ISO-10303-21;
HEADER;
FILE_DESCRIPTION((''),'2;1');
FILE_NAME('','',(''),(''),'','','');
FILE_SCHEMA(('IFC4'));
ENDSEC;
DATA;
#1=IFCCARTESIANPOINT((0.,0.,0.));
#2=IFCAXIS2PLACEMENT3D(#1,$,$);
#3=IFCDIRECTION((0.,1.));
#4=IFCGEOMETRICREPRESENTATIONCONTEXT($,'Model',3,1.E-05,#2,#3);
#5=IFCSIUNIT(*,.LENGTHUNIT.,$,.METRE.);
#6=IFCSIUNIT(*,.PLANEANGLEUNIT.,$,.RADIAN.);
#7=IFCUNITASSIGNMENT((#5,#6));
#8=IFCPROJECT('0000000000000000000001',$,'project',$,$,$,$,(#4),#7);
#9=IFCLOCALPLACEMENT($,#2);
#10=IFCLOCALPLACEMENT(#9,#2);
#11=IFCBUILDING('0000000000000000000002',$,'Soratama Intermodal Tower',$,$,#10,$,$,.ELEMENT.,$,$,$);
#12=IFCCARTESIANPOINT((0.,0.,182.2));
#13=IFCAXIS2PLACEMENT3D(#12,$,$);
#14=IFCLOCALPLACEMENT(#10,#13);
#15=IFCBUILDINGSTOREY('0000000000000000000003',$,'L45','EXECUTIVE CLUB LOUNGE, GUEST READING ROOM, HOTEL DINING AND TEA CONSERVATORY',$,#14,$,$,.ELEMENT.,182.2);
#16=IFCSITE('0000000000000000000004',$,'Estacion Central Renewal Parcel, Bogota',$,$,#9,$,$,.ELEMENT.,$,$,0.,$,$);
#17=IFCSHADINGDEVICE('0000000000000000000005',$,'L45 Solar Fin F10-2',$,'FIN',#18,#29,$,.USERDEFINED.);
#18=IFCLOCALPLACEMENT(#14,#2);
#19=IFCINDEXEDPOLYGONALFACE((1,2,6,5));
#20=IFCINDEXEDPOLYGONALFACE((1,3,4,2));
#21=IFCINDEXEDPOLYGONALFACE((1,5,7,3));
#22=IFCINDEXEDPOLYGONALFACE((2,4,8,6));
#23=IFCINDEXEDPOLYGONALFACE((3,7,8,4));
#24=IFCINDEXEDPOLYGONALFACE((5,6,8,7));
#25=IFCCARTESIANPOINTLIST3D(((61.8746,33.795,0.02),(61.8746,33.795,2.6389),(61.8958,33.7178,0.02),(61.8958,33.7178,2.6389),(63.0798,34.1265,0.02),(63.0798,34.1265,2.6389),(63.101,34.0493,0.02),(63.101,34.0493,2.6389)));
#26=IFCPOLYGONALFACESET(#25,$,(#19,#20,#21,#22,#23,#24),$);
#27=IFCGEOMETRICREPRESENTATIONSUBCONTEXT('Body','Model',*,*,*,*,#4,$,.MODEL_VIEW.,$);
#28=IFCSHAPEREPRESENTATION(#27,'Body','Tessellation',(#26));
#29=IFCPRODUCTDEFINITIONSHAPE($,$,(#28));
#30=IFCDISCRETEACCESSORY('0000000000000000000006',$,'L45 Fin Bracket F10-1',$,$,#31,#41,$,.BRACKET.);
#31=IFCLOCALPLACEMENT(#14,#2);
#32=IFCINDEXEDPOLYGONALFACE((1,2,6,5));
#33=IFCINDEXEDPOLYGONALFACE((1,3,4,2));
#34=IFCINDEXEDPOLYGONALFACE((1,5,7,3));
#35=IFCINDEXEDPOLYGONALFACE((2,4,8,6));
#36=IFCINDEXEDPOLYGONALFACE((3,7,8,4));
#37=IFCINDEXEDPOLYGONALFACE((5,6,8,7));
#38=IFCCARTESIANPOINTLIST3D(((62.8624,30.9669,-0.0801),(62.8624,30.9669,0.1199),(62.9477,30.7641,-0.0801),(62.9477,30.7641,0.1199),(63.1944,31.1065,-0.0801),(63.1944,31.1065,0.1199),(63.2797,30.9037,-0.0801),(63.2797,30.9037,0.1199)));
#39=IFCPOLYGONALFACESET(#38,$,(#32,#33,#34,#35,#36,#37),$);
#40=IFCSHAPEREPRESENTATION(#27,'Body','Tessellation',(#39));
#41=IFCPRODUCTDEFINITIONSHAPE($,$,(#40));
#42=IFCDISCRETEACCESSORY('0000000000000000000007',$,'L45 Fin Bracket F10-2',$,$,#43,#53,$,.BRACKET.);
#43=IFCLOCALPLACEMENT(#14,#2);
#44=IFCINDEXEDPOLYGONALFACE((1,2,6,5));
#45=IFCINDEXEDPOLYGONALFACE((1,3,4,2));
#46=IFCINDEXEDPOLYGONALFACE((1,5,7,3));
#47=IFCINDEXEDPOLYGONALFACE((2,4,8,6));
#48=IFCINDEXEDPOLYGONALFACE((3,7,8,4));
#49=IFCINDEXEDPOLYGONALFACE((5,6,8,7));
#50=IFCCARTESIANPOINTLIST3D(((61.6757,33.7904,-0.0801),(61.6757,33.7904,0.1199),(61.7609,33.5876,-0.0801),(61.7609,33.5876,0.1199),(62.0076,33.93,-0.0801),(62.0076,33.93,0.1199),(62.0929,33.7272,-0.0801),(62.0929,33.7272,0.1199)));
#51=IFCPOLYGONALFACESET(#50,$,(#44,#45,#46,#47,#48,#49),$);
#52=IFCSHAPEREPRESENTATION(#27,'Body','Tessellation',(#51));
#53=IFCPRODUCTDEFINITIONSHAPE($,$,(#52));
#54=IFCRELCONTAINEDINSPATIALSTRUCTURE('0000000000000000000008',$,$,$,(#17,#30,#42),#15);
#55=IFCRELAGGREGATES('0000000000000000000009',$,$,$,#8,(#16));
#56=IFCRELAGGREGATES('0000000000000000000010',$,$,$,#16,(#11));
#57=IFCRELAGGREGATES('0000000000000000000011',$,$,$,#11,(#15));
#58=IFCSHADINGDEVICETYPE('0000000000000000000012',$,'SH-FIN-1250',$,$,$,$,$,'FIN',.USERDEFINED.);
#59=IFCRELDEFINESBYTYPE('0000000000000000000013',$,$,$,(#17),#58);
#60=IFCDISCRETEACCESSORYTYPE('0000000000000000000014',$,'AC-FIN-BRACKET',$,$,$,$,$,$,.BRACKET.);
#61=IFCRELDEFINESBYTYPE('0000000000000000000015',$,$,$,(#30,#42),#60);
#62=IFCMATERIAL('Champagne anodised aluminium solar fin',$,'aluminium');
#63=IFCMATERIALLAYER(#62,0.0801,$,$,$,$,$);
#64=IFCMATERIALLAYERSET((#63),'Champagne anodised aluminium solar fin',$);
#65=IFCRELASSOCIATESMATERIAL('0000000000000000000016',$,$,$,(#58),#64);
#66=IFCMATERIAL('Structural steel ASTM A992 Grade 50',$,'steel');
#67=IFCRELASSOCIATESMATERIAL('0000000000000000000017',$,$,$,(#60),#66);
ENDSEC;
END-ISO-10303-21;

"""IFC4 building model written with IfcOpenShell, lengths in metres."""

from ifc_helpers import new_model, si_unit, direction, frame, origin, origin_2d, place, context, subcontext, project, spatial, rectangle, extrude, material, layer, layer_set, type_object, element, save


model = new_model("IFC4")

# Units and contexts
model_context = context("Model", 3, precision=1e-05, world=origin(), true_north=direction((0.0, 1.0)))
body_context = subcontext(model_context, "Body", "Model", "MODEL_VIEW")
ifc_project = project(units=[si_unit("LENGTHUNIT", "METRE"), si_unit("PLANEANGLEUNIT", "RADIAN")], contexts=[model_context])

# Site, building, storey
site_placement = place(None, origin())
site = spatial("IfcSite", under=ifc_project, at=site_placement, Name="Estacion Central Renewal Parcel, Bogota", CompositionType="ELEMENT", RefElevation=0.0)
building_placement = place(site_placement, origin())
building = spatial("IfcBuilding", under=site, at=building_placement, Name="Soratama Intermodal Tower", CompositionType="ELEMENT")
storey_placement = place(building_placement, frame((0.0, 0.0, 182.2)))
storey = spatial("IfcBuildingStorey", under=building, at=storey_placement, Name="L45", Description="EXECUTIVE CLUB LOUNGE, GUEST READING ROOM, HOTEL DINING AND TEA CONSERVATORY", CompositionType="ELEMENT", Elevation=182.2)

# Shading device
ifc_material_1 = material(Name="Champagne anodised aluminium solar fin", Category="aluminium")
ifc_layer_1 = layer(ifc_material_1, 0.0801)
ifc_layer_set_1 = layer_set([ifc_layer_1], Name="Champagne anodised aluminium solar fin")
shading_device_type = type_object("IfcShadingDeviceType", Name="SH-FIN-1250", ElementType="FIN", PredefinedType="USERDEFINED", material=ifc_layer_set_1)
for number, where, z_axis, x_axis, name in (
    (1, (62.4878, 33.9221, 0.02), (0.0, 0.0, 1.0), (0.964188, 0.26522, 0.0), "L45 Solar Fin F10-2"),
):
    element("IfcShadingDevice", number, at=place(storey_placement, frame(where, z_axis=z_axis, x_axis=x_axis)), inside=storey, type_object=shading_device_type, Name=name, ObjectType="FIN", PredefinedType="USERDEFINED", context=body_context, shape_type="SweptSolid", body=[
        extrude(rectangle(XDim=1.25, YDim=0.0801, at=origin_2d()), origin(), (0.0, 0.0, 1.0), 2.6189),
    ])

# Discrete accessories
ifc_material_2 = material(Name="Structural steel ASTM A992 Grade 50", Category="steel")
discrete_accessory_type = type_object("IfcDiscreteAccessoryType", Name="AC-FIN-BRACKET", PredefinedType="BRACKET", material=ifc_material_2)
for number, where, z_axis, x_axis, name in (
    (2, (63.071, 30.9353, -0.0801), (0.0, 0.0, 1.0), (0.921863, 0.387516, 0.0), "L45 Fin Bracket F10-1"),
    (3, (61.8843, 33.7588, -0.0801), (0.0, 0.0, 1.0), (0.921863, 0.387516, 0.0), "L45 Fin Bracket F10-2"),
):
    element("IfcDiscreteAccessory", number, at=place(storey_placement, frame(where, z_axis=z_axis, x_axis=x_axis)), inside=storey, type_object=discrete_accessory_type, Name=name, PredefinedType="BRACKET", context=body_context, shape_type="SweptSolid", body=[
        extrude(rectangle(XDim=0.3601, YDim=0.22, at=origin_2d()), origin(), (0.0, 0.0, 1.0), 0.2),
    ])

save(model, "model.ifc")
